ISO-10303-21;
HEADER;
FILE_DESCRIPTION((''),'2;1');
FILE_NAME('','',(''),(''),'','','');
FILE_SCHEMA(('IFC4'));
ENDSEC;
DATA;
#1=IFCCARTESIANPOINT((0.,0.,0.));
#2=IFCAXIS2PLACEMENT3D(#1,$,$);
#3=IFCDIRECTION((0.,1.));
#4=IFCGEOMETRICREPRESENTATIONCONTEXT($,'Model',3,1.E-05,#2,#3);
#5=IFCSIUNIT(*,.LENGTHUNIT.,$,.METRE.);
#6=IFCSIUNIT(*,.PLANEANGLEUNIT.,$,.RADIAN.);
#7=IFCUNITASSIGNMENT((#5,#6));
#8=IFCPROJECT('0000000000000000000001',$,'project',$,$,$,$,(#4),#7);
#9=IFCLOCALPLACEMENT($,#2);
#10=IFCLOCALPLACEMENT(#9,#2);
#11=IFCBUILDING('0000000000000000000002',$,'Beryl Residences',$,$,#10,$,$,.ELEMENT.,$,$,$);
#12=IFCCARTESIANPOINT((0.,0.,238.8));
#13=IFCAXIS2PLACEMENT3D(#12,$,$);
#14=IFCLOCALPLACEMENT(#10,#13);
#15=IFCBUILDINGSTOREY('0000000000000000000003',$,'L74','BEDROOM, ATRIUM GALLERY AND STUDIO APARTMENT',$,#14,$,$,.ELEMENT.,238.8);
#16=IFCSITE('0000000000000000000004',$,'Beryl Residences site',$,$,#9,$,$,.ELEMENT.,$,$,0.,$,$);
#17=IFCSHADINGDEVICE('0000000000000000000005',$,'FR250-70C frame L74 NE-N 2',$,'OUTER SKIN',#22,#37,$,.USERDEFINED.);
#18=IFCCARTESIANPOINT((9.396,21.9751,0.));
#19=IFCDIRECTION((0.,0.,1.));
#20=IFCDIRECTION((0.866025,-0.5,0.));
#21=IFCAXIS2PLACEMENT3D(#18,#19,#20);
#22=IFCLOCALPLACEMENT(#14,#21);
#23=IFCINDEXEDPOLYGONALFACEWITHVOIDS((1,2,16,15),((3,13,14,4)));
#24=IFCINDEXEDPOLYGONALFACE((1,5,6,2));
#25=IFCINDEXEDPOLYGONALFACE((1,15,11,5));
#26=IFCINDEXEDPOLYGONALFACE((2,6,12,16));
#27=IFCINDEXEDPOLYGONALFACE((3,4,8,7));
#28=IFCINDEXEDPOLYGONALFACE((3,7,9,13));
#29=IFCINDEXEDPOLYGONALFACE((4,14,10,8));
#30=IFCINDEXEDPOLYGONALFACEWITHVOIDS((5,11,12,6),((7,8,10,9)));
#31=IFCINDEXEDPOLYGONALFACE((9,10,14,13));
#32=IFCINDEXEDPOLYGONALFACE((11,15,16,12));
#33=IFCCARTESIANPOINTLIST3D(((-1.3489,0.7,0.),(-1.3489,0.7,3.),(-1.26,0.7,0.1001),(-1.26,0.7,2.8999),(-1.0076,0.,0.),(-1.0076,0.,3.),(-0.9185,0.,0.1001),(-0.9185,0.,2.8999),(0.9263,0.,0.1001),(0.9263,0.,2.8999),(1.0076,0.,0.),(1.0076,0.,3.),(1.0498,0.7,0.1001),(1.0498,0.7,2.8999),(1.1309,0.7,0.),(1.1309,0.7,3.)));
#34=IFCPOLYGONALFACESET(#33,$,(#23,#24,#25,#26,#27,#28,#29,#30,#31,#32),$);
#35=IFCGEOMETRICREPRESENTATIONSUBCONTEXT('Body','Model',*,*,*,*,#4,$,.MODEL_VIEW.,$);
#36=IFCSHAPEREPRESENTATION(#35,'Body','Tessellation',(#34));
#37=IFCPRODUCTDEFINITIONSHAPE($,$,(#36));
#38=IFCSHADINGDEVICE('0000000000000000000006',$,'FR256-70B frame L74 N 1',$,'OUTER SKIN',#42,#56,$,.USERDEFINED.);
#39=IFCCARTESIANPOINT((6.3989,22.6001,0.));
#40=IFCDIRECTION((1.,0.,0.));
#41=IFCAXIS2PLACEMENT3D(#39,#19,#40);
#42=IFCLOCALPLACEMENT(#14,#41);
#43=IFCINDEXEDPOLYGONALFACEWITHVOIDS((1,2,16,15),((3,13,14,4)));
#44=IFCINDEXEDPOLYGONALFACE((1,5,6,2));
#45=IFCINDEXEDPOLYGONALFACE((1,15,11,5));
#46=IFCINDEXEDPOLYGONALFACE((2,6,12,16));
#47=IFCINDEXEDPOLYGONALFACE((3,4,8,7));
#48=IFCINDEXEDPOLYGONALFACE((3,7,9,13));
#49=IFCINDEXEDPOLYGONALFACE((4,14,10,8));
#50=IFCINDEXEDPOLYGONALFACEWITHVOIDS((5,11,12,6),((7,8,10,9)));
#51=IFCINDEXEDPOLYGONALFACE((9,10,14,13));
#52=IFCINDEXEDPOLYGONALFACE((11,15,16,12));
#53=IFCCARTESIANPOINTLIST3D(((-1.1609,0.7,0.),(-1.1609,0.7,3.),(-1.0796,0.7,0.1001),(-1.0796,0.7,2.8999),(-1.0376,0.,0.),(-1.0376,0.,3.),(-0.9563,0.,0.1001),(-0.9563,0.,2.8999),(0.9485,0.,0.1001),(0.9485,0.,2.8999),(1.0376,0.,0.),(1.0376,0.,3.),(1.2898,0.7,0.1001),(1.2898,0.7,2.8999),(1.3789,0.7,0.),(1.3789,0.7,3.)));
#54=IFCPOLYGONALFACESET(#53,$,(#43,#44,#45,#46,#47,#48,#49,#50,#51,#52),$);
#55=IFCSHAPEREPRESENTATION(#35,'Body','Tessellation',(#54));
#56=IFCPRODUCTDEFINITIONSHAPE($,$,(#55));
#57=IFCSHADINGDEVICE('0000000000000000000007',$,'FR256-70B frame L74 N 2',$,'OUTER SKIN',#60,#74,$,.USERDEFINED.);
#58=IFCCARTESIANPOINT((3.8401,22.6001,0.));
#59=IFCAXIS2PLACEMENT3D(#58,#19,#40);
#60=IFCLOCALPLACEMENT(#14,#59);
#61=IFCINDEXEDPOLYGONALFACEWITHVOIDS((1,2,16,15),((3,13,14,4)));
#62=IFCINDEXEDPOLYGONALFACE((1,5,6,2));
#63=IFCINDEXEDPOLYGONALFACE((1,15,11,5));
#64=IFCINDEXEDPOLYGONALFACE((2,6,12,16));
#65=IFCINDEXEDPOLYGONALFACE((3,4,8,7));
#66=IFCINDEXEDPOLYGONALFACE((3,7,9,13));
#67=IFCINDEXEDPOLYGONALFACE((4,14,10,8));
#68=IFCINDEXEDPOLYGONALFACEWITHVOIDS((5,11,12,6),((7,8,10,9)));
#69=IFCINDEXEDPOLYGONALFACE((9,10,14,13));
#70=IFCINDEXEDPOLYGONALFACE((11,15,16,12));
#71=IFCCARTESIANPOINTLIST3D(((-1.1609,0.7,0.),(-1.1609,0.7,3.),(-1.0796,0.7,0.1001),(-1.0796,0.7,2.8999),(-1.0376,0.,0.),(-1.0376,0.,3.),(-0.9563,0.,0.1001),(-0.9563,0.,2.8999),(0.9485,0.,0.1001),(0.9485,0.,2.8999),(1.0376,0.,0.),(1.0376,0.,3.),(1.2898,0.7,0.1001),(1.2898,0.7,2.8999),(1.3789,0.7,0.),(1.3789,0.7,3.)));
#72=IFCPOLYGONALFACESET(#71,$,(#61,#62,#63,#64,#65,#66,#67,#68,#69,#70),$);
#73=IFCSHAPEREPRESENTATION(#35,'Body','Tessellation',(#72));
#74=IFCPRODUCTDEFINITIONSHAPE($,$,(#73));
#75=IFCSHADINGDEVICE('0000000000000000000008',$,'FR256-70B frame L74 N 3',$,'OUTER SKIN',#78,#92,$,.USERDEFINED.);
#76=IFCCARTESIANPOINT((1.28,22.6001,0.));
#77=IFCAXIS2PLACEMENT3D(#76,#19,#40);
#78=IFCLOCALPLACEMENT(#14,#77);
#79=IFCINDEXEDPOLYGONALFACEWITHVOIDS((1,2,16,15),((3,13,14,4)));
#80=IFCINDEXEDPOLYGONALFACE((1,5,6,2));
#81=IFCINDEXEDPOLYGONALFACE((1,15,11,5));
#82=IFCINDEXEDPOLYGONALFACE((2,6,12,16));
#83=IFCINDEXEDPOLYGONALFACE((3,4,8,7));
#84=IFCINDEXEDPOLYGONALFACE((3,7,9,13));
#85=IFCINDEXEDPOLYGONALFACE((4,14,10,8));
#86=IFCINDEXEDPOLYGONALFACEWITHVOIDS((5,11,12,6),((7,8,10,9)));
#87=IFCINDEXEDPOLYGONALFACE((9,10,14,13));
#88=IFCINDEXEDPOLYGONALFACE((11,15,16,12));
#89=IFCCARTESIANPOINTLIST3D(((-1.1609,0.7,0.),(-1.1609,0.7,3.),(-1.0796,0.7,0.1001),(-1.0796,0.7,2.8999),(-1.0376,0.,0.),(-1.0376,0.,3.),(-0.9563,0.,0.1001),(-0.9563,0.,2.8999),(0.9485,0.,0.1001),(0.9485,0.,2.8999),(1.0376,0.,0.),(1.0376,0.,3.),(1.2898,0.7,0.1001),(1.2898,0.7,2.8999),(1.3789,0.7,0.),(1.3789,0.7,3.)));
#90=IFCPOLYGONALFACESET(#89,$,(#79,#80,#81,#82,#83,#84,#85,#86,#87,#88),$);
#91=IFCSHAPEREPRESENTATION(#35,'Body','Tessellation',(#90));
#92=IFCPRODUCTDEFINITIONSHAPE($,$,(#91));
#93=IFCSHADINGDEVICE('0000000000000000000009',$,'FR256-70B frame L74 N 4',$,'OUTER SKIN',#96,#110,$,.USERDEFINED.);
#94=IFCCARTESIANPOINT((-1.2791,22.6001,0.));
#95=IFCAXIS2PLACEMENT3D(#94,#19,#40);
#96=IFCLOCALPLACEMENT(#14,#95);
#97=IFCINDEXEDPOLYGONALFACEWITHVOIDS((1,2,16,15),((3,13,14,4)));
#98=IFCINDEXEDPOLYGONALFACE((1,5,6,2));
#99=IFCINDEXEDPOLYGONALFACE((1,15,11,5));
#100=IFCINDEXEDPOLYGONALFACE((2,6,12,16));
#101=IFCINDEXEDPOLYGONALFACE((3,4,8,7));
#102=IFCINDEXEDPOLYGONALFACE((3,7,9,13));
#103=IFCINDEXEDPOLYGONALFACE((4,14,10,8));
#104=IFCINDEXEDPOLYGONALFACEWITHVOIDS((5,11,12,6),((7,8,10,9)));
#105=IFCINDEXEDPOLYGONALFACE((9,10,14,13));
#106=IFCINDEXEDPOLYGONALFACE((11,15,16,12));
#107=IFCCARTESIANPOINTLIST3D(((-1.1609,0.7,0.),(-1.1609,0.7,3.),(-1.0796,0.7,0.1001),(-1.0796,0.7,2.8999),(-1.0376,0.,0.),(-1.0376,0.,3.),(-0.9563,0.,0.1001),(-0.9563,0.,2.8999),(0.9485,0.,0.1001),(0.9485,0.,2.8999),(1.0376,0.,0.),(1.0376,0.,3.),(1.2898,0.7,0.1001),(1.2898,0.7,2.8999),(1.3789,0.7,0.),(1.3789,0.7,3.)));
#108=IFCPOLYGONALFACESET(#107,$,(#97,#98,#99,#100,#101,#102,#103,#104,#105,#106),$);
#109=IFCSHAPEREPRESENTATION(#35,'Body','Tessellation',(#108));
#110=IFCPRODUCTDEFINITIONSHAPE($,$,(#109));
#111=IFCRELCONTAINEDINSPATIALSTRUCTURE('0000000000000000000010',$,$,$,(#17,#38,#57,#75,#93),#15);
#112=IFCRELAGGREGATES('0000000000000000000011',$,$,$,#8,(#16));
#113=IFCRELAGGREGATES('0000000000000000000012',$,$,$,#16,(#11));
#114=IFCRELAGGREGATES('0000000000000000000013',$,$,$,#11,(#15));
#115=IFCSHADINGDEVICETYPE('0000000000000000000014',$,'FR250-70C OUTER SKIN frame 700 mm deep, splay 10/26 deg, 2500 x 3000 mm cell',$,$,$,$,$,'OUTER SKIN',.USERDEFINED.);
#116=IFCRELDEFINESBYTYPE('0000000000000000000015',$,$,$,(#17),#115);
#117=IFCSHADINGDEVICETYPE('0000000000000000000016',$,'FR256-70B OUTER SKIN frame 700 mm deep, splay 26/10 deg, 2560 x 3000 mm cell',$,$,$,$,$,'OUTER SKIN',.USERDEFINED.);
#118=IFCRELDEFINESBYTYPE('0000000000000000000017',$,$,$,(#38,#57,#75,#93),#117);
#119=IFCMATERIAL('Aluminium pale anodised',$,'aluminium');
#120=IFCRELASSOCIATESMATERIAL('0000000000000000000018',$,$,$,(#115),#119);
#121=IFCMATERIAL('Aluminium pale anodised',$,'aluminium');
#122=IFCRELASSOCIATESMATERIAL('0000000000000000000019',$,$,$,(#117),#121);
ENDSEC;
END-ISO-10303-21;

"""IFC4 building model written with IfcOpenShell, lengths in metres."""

from ifc_helpers import new_model, entity, si_unit, direction, frame, origin, place, context, subcontext, project, spatial, source, transform, mapped, material, type_object, type_shapes, element, save


model = new_model("IFC4")

# Units and contexts
model_context = context("Model", 3, precision=1e-05, world=origin(), true_north=direction((0.0, 1.0)))
body_context = subcontext(model_context, "Body", "Model", "MODEL_VIEW")
ifc_project = project(units=[si_unit("LENGTHUNIT", "METRE"), si_unit("PLANEANGLEUNIT", "RADIAN")], contexts=[model_context])

# Site, building, storey
site_placement = place(None, origin())
site = spatial("IfcSite", under=ifc_project, at=site_placement, Name="Beryl Residences site", CompositionType="ELEMENT", RefElevation=0.0)
building_placement = place(site_placement, origin())
building = spatial("IfcBuilding", under=site, at=building_placement, Name="Beryl Residences", CompositionType="ELEMENT")
storey_placement = place(building_placement, frame((0.0, 0.0, 238.8)))
storey = spatial("IfcBuildingStorey", under=building, at=storey_placement, Name="L74", Description="BEDROOM, ATRIUM GALLERY AND STUDIO APARTMENT", CompositionType="ELEMENT", Elevation=238.8)

# Shading devices
ifc_material_1 = material(Name="Aluminium pale anodised", Category="aluminium")
shading_device_type_1 = type_object("IfcShadingDeviceType", Name="FR250-70C OUTER SKIN frame 700 mm deep, splay 10/26 deg, 2500 x 3000 mm cell", ElementType="OUTER SKIN", PredefinedType="USERDEFINED", material=ifc_material_1)
cartesian_point_1 = entity("IfcCartesianPoint", [-1.0076, 0.0])
cartesian_point_2 = entity("IfcCartesianPoint", [-0.9263, 0.1001])
cartesian_point_3 = entity("IfcCartesianPoint", [-1.1309, 0.0])
cartesian_point_4 = entity("IfcCartesianPoint", [-1.0498, 0.1001])
shared_shape_1 = source(origin(), body_context, "Body", "SweptSolid", [
    entity("IfcExtrudedAreaSolidTapered", entity("IfcArbitraryProfileDefWithVoids", "AREA", None, entity("IfcPolyline", [cartesian_point_1, entity("IfcCartesianPoint", [1.0076, 0.0]), entity("IfcCartesianPoint", [1.0076, 3.0]), entity("IfcCartesianPoint", [-1.0076, 3.0]), cartesian_point_1]), [entity("IfcPolyline", [cartesian_point_2, entity("IfcCartesianPoint", [0.9185, 0.1001]), entity("IfcCartesianPoint", [0.9185, 2.8999]), entity("IfcCartesianPoint", [-0.9263, 2.8999]), cartesian_point_2])]), entity("IfcAxis2Placement3D", entity("IfcCartesianPoint", [0.0, 0.0, 0.0]), entity("IfcDirection", [0.0, 1.0, 0.0]), entity("IfcDirection", [-1.0, 0.0, 0.0])), entity("IfcDirection", [0.0, 0.0, 1.0]), 0.7, entity("IfcArbitraryProfileDefWithVoids", "AREA", None, entity("IfcPolyline", [cartesian_point_3, entity("IfcCartesianPoint", [1.3489, 0.0]), entity("IfcCartesianPoint", [1.3489, 3.0]), entity("IfcCartesianPoint", [-1.1309, 3.0]), cartesian_point_3]), [entity("IfcPolyline", [cartesian_point_4, entity("IfcCartesianPoint", [1.26, 0.1001]), entity("IfcCartesianPoint", [1.26, 2.8999]), entity("IfcCartesianPoint", [-1.0498, 2.8999]), cartesian_point_4])])),
])
type_shapes(shading_device_type_1, [shared_shape_1])
shading_device_placement = place(storey_placement, frame((9.396, 21.9751, 0.0), z_axis=(0.0, 0.0, 1.0), x_axis=(0.866025, -0.5, 0.0)))
element("IfcShadingDevice", 1, at=shading_device_placement, inside=storey, type_object=shading_device_type_1, Name="FR250-70C frame L74 NE-N 2", ObjectType="OUTER SKIN", PredefinedType="USERDEFINED", context=body_context, shape_type="MappedRepresentation", body=[
    mapped(shared_shape_1, transform((0.0, 0.0, 0.0))),
])
ifc_material_2 = material(Name="Aluminium pale anodised", Category="aluminium")
shading_device_type_2 = type_object("IfcShadingDeviceType", Name="FR256-70B OUTER SKIN frame 700 mm deep, splay 26/10 deg, 2560 x 3000 mm cell", ElementType="OUTER SKIN", PredefinedType="USERDEFINED", material=ifc_material_2)
cartesian_point_5 = entity("IfcCartesianPoint", [-1.0376, 0.0])
cartesian_point_6 = entity("IfcCartesianPoint", [-0.9485, 0.1001])
cartesian_point_7 = entity("IfcCartesianPoint", [-1.3789, 0.0])
cartesian_point_8 = entity("IfcCartesianPoint", [-1.2898, 0.1001])
shared_shape_2 = source(origin(), body_context, "Body", "SweptSolid", [
    entity("IfcExtrudedAreaSolidTapered", entity("IfcArbitraryProfileDefWithVoids", "AREA", None, entity("IfcPolyline", [cartesian_point_5, entity("IfcCartesianPoint", [1.0376, 0.0]), entity("IfcCartesianPoint", [1.0376, 3.0]), entity("IfcCartesianPoint", [-1.0376, 3.0]), cartesian_point_5]), [entity("IfcPolyline", [cartesian_point_6, entity("IfcCartesianPoint", [0.9563, 0.1001]), entity("IfcCartesianPoint", [0.9563, 2.8999]), entity("IfcCartesianPoint", [-0.9485, 2.8999]), cartesian_point_6])]), entity("IfcAxis2Placement3D", entity("IfcCartesianPoint", [0.0, 0.0, 0.0]), entity("IfcDirection", [0.0, 1.0, 0.0]), entity("IfcDirection", [-1.0, 0.0, 0.0])), entity("IfcDirection", [0.0, 0.0, 1.0]), 0.7, entity("IfcArbitraryProfileDefWithVoids", "AREA", None, entity("IfcPolyline", [cartesian_point_7, entity("IfcCartesianPoint", [1.1609, 0.0]), entity("IfcCartesianPoint", [1.1609, 3.0]), entity("IfcCartesianPoint", [-1.3789, 3.0]), cartesian_point_7]), [entity("IfcPolyline", [cartesian_point_8, entity("IfcCartesianPoint", [1.0796, 0.1001]), entity("IfcCartesianPoint", [1.0796, 2.8999]), entity("IfcCartesianPoint", [-1.2898, 2.8999]), cartesian_point_8])])),
])
type_shapes(shading_device_type_2, [shared_shape_2])
for number, where, z_axis, x_axis, name in (
    (2, (6.3989, 22.6001, 0.0), (0.0, 0.0, 1.0), (1.0, 0.0, 0.0), "FR256-70B frame L74 N 1"),
    (3, (3.8401, 22.6001, 0.0), (0.0, 0.0, 1.0), (1.0, 0.0, 0.0), "FR256-70B frame L74 N 2"),
    (4, (1.28, 22.6001, 0.0), (0.0, 0.0, 1.0), (1.0, 0.0, 0.0), "FR256-70B frame L74 N 3"),
    (5, (-1.2791, 22.6001, 0.0), (0.0, 0.0, 1.0), (1.0, 0.0, 0.0), "FR256-70B frame L74 N 4"),
):
    element("IfcShadingDevice", number, at=place(storey_placement, frame(where, z_axis=z_axis, x_axis=x_axis)), inside=storey, type_object=shading_device_type_2, Name=name, ObjectType="OUTER SKIN", PredefinedType="USERDEFINED", context=body_context, shape_type="MappedRepresentation", body=[
        mapped(shared_shape_2, transform((0.0, 0.0, 0.0))),
    ])

save(model, "model.ifc")
